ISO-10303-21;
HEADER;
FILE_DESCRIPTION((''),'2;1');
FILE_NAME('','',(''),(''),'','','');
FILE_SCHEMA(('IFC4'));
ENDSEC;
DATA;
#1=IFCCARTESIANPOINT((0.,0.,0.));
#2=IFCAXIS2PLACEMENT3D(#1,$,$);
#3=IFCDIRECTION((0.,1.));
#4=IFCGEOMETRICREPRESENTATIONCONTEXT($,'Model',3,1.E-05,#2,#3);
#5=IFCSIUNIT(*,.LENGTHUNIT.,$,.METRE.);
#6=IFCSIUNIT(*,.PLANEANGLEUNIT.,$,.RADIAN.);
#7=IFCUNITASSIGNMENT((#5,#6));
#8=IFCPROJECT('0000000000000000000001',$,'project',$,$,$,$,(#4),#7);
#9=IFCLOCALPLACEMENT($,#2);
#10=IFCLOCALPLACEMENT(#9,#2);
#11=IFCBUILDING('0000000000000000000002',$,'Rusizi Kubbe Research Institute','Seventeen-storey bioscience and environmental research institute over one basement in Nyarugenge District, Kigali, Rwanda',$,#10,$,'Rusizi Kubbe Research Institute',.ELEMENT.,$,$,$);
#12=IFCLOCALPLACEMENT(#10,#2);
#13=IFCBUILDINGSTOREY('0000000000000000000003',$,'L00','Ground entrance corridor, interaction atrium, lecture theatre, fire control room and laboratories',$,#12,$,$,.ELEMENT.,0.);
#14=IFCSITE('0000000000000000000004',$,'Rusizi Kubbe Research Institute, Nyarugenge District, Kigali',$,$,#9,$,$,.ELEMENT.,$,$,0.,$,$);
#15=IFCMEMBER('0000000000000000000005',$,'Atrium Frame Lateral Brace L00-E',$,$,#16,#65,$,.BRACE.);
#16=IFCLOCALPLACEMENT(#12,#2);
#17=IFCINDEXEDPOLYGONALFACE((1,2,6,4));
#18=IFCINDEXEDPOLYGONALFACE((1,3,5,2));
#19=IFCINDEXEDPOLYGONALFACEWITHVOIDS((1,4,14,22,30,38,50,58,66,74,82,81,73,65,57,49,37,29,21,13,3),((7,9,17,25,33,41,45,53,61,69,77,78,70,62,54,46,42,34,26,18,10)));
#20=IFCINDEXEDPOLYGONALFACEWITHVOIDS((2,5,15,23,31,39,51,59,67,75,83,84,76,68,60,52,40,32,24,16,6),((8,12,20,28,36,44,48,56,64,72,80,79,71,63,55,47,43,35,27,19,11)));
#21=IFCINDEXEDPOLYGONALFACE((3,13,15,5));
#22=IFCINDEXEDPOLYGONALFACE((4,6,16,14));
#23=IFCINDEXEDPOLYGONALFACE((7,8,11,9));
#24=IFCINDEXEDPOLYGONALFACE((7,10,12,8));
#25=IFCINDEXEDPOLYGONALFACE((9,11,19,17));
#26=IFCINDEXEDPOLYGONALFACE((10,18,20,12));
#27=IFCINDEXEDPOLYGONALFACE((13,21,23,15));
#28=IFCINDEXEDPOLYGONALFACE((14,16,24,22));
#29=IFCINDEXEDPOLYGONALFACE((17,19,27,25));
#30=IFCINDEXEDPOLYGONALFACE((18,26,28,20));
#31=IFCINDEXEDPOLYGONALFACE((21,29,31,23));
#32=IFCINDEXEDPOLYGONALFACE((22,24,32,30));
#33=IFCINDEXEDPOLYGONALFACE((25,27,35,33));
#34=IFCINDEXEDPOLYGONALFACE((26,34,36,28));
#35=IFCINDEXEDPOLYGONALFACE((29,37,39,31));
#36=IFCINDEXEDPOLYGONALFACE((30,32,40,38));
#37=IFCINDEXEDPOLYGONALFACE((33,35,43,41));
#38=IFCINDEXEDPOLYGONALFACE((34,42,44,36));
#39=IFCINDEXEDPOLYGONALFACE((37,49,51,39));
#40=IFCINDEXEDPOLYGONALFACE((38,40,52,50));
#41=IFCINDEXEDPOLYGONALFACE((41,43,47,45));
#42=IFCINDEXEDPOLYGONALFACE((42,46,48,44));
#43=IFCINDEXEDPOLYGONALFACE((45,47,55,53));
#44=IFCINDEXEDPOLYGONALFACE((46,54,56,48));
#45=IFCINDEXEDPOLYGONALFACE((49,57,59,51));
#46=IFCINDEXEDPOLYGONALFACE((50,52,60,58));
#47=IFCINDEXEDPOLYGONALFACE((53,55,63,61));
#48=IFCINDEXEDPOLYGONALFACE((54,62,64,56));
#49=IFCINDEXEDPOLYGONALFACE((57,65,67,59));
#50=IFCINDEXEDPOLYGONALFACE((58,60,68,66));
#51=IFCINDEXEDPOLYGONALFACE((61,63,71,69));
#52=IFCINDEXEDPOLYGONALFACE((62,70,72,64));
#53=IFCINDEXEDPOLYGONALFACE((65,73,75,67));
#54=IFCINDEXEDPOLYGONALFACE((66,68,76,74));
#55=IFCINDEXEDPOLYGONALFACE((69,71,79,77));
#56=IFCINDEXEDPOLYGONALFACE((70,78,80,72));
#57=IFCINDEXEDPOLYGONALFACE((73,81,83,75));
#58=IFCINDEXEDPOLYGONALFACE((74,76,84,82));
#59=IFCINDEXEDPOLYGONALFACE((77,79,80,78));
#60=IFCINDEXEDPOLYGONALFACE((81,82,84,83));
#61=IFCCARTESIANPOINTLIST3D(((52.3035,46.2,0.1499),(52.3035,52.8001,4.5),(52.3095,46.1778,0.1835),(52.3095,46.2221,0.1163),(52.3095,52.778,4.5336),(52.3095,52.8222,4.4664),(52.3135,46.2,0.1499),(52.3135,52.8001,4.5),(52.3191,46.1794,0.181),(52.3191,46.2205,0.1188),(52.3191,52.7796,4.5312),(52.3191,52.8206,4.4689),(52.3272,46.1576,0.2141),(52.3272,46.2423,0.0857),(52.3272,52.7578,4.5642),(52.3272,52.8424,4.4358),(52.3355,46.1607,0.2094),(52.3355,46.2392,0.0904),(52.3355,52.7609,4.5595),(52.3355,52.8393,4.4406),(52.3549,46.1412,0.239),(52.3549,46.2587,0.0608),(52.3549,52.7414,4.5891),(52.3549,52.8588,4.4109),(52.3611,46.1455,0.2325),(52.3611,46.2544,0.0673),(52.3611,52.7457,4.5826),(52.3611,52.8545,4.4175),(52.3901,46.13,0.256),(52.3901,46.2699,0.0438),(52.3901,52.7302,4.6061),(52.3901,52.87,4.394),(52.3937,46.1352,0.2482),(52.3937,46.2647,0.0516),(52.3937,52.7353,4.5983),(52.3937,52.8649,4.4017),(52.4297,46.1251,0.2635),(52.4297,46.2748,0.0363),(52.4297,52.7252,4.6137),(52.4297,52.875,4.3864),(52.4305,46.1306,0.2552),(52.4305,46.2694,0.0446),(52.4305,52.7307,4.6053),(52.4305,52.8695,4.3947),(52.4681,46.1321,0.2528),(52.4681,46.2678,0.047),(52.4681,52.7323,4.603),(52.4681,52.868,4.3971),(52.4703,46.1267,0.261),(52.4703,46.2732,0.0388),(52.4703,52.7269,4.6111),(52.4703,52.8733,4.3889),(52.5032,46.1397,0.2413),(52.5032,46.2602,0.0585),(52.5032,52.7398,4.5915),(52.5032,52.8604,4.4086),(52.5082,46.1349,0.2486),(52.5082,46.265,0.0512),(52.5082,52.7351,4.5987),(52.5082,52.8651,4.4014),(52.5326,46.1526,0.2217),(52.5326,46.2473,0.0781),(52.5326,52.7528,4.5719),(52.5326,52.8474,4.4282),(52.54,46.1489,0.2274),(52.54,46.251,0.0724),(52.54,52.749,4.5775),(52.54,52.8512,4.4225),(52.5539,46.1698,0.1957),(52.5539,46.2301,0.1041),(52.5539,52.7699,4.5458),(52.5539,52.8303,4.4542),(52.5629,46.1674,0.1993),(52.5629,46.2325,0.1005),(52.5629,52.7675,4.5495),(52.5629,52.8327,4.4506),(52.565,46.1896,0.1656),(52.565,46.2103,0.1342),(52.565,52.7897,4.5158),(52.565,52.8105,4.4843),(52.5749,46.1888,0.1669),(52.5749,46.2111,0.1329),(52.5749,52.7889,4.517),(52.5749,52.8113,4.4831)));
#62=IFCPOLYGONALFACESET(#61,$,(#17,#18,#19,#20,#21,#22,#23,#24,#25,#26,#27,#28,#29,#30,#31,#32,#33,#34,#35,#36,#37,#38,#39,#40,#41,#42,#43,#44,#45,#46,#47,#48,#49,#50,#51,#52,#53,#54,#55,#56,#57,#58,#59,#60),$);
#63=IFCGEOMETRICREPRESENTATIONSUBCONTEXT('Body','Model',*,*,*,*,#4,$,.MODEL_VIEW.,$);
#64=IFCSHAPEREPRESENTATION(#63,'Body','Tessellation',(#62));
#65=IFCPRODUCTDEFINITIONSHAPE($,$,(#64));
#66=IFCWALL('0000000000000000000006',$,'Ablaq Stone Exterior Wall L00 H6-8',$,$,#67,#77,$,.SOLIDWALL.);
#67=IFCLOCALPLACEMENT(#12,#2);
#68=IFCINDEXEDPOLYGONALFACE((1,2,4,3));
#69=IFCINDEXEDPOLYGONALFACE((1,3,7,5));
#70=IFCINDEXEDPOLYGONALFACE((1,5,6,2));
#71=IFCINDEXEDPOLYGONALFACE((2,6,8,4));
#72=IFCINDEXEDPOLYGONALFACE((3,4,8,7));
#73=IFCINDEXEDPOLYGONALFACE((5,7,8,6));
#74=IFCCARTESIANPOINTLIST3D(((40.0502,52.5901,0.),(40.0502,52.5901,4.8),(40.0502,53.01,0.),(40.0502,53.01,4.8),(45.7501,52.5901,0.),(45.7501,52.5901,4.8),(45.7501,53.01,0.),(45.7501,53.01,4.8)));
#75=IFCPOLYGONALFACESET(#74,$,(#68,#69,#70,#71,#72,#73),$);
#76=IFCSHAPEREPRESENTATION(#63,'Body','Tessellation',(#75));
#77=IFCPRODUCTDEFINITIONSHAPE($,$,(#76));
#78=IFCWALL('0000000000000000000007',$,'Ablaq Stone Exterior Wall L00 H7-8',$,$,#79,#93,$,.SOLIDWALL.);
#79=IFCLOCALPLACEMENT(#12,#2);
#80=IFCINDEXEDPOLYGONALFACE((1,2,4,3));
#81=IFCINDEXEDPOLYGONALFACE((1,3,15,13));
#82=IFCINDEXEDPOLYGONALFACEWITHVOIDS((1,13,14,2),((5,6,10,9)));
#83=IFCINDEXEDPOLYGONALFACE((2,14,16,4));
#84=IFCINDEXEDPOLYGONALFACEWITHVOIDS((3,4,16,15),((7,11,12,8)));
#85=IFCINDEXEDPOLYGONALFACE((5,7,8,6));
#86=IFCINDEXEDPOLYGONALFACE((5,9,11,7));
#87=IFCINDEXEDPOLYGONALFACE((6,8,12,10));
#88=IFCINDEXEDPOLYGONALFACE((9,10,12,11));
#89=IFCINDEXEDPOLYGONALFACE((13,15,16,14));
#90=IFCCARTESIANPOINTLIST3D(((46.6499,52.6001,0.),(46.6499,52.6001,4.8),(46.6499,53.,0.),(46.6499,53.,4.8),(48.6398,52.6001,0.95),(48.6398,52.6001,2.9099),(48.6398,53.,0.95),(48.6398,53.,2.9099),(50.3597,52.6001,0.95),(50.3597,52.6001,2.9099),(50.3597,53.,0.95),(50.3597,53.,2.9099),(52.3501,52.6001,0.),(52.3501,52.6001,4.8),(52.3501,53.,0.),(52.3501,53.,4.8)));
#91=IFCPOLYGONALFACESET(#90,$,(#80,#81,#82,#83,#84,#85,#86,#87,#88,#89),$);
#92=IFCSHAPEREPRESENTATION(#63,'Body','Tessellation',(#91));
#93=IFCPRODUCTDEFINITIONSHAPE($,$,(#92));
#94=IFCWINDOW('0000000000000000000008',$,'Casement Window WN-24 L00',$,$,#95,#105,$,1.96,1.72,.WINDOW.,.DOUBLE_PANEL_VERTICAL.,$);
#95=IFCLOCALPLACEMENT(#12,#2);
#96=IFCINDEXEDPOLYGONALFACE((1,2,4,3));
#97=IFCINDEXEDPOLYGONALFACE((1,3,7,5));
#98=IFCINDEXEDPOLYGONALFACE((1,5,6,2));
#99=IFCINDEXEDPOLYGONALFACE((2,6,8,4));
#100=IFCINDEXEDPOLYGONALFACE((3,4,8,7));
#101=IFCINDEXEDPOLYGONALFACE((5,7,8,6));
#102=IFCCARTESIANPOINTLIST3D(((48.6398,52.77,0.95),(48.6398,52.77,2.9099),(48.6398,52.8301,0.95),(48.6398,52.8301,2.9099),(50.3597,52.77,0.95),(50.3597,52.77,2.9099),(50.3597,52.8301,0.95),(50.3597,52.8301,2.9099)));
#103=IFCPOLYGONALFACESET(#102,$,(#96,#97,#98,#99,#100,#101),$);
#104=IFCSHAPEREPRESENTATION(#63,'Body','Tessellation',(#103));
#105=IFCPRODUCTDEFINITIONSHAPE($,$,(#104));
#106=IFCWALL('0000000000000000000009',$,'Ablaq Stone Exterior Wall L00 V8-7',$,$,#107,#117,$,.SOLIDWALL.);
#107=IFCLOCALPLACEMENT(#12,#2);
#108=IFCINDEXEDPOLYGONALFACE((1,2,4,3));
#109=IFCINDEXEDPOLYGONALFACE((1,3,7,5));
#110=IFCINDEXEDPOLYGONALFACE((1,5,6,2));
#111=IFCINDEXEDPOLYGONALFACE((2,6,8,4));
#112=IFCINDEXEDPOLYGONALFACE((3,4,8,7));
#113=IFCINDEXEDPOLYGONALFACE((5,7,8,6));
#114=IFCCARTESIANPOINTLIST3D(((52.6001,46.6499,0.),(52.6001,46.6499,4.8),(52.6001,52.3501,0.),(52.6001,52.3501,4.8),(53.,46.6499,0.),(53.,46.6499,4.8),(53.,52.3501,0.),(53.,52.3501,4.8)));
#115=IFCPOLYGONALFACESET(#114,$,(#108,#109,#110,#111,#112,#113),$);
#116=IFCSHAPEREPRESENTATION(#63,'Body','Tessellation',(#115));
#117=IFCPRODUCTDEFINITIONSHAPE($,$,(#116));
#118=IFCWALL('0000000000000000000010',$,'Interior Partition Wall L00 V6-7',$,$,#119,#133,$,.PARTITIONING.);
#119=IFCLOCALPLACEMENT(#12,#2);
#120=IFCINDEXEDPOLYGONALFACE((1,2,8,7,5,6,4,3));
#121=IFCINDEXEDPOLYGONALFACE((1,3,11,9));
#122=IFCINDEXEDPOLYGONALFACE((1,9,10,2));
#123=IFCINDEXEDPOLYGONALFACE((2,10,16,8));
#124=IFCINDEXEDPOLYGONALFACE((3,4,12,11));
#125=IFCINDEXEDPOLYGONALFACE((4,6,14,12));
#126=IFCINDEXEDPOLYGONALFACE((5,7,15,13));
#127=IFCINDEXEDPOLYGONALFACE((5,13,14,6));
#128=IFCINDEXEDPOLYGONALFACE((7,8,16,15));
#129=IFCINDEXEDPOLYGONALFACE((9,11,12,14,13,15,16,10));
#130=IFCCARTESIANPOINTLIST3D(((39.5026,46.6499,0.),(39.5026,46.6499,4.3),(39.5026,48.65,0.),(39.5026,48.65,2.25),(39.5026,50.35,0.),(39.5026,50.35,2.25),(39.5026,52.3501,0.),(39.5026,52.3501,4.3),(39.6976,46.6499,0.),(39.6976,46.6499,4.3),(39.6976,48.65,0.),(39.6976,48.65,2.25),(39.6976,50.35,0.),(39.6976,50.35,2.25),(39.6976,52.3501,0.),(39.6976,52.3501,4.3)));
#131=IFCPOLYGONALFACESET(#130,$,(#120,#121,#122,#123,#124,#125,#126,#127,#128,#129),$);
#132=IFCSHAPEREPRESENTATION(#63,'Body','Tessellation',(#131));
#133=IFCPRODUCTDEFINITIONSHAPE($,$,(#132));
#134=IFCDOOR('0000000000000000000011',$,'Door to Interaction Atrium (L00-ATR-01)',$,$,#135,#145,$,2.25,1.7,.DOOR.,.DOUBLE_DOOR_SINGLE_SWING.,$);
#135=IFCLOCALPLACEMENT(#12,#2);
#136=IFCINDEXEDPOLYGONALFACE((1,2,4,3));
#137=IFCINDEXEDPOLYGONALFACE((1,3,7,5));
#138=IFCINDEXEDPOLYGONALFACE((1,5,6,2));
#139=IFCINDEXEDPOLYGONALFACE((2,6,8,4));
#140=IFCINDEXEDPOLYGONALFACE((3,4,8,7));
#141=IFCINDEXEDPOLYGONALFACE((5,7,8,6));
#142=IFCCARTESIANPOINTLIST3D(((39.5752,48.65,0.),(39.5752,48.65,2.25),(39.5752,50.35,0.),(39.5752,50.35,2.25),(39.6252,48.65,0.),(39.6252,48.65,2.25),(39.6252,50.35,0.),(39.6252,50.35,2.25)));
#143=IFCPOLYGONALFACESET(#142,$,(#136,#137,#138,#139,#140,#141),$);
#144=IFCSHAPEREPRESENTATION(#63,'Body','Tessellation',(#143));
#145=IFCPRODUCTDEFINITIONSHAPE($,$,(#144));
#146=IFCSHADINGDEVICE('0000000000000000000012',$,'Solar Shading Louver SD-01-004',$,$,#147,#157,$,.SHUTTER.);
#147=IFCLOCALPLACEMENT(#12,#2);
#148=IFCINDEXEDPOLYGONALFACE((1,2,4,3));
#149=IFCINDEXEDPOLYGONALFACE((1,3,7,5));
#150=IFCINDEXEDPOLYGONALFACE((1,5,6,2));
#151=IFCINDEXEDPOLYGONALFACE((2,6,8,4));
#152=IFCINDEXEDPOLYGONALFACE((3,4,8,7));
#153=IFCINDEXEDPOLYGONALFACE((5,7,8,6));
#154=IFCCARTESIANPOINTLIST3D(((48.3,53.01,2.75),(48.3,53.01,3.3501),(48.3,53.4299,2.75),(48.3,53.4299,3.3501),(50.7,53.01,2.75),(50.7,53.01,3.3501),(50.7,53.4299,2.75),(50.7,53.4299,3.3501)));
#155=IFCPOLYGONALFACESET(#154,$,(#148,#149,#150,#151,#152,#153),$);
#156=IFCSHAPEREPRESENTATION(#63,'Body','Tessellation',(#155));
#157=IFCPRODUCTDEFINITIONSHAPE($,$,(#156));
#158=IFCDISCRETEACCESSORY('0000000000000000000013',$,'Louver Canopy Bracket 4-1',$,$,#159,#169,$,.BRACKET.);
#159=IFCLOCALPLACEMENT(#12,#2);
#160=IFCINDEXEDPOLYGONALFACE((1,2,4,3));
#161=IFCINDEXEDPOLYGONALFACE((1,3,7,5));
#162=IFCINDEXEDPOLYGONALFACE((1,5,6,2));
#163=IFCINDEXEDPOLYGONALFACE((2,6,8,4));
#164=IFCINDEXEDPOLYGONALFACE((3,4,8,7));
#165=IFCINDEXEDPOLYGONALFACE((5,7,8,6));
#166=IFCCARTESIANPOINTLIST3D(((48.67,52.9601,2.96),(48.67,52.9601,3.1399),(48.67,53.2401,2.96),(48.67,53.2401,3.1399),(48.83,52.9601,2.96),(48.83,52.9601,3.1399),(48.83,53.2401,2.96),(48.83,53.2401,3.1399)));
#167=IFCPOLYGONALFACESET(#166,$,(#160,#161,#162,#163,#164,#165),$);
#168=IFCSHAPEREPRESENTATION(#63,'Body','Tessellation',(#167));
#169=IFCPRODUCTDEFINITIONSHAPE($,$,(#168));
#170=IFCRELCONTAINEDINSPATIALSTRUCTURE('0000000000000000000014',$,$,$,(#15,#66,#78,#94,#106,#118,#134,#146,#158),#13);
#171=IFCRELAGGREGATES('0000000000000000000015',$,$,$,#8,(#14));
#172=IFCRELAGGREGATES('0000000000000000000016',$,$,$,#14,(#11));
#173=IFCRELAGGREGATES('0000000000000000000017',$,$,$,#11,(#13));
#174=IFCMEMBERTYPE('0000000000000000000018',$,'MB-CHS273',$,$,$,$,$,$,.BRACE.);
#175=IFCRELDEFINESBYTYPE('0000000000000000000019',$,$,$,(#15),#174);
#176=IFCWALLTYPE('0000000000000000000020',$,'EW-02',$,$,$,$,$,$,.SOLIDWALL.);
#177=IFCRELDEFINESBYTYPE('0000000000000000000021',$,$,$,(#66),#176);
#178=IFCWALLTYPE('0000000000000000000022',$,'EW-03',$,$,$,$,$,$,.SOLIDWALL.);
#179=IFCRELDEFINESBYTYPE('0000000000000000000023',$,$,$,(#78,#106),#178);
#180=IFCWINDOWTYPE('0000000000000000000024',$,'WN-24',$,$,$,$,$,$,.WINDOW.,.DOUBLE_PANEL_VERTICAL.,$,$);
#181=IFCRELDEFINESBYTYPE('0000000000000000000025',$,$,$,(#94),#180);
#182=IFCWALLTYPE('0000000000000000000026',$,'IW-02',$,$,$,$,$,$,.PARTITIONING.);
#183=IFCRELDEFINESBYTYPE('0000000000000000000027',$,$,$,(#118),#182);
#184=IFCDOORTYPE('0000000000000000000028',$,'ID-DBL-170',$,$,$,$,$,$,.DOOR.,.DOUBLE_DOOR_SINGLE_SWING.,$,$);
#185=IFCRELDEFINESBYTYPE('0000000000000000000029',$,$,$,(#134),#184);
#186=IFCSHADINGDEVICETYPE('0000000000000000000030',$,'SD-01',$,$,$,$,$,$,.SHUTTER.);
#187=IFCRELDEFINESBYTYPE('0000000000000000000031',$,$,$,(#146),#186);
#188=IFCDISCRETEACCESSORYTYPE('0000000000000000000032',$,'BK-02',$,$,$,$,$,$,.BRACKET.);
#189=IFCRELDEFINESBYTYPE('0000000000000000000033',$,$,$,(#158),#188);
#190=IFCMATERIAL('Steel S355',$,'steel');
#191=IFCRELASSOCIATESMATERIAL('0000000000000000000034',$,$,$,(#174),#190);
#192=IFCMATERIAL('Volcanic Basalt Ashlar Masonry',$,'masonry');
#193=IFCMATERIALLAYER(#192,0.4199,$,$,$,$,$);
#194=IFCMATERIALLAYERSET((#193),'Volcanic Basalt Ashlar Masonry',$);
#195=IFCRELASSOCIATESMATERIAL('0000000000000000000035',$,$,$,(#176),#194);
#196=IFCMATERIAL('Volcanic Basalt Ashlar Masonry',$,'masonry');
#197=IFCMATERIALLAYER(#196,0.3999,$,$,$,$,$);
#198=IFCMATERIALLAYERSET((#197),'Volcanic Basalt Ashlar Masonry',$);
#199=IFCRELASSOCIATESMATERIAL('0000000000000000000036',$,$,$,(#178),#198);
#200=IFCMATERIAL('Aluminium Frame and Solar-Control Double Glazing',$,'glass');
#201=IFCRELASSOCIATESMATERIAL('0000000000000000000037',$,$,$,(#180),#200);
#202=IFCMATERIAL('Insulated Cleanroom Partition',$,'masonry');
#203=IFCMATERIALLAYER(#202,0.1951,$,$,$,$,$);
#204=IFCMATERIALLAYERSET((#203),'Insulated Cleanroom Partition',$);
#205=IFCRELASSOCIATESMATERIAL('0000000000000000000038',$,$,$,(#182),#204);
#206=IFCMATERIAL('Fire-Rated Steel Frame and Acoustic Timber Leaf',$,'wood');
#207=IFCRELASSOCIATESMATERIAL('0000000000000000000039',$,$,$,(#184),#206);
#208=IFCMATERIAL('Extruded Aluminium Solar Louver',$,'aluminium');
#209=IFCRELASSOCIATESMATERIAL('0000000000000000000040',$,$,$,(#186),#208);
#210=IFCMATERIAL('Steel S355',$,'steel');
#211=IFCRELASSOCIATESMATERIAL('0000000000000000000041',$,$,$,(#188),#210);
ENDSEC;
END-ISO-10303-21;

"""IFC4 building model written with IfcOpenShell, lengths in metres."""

from ifc_helpers import new_model, si_unit, direction, frame, frame_2d, origin, origin_2d, place, context, subcontext, project, spatial, rectangle, hollow_circle, extrude, material, layer, layer_set, material_profile, profile_set, type_object, element, fill, save


model = new_model("IFC4")

# Units and contexts
model_context = context("Model", 3, precision=1e-05, world=origin(), true_north=direction((0.0, 1.0)))
body_context = subcontext(model_context, "Body", "Model", "MODEL_VIEW")
ifc_project = project(units=[si_unit("LENGTHUNIT", "METRE"), si_unit("PLANEANGLEUNIT", "RADIAN")], contexts=[model_context])

# Site, building, storey
site_placement = place(None, origin())
site = spatial("IfcSite", under=ifc_project, at=site_placement, Name="Rusizi Kubbe Research Institute, Nyarugenge District, Kigali", CompositionType="ELEMENT", RefElevation=0.0)
building_placement = place(site_placement, origin())
building = spatial("IfcBuilding", under=site, at=building_placement, Name="Rusizi Kubbe Research Institute", Description="Seventeen-storey bioscience and environmental research institute over one basement in Nyarugenge District, Kigali, Rwanda", LongName="Rusizi Kubbe Research Institute", CompositionType="ELEMENT")
storey_placement = place(building_placement, origin())
storey = spatial("IfcBuildingStorey", under=building, at=storey_placement, Name="L00", Description="Ground entrance corridor, interaction atrium, lecture theatre, fire control room and laboratories", CompositionType="ELEMENT", Elevation=0.0)

# Member
ifc_material_1 = material(Name="Steel S355", Category="steel")
ifc_material_profile_1 = material_profile(ifc_material_1, hollow_circle(Radius=0.1365, WallThickness=0.01, at=origin_2d()), Name="CHS 273.0x10.0")
ifc_profile_set_1 = profile_set([ifc_material_profile_1], Name="Steel S355")
member_type = type_object("IfcMemberType", Name="MB-CHS273", PredefinedType="BRACE", material=ifc_profile_set_1)
member_1_placement = place(storey_placement, frame((52.4399, 46.2, 0.1499), z_axis=(0.0, 0.834956, 0.550316), x_axis=(-1.0, 0.0, 0.0)))
element("IfcMember", 1, at=member_1_placement, inside=storey, type_object=member_type, Name="Atrium Frame Lateral Brace L00-E", PredefinedType="BRACE", context=body_context, shape_type="SweptSolid", body=[
    extrude(hollow_circle(Radius=0.1365, WallThickness=0.01, at=origin_2d()), origin(), (0.0, 0.0, 1.0), 7.9048),
])

# Wall
ifc_material_2 = material(Name="Volcanic Basalt Ashlar Masonry", Category="masonry")
ifc_layer_1 = layer(ifc_material_2, 0.4199)
ifc_layer_set_1 = layer_set([ifc_layer_1], Name="Volcanic Basalt Ashlar Masonry")
wall_type_1 = type_object("IfcWallType", Name="EW-02", PredefinedType="SOLIDWALL", material=ifc_layer_set_1)
wall_1_placement = place(storey_placement, frame((40.05, 52.8, 0.0), z_axis=(0.0, 0.0, 1.0), x_axis=(1.0, 0.0, 0.0)))
element("IfcWall", 2, at=wall_1_placement, inside=storey, type_object=wall_type_1, Name="Ablaq Stone Exterior Wall L00 H6-8", PredefinedType="SOLIDWALL", context=body_context, shape_type="SweptSolid", body=[
    extrude(rectangle(XDim=5.7, YDim=0.4199, at=frame_2d((2.8501, 0.0))), origin(), (0.0, 0.0, 1.0), 4.8),
])

# Wall, opening, window
ifc_material_3 = material(Name="Volcanic Basalt Ashlar Masonry", Category="masonry")
ifc_layer_2 = layer(ifc_material_3, 0.3999)
ifc_layer_set_2 = layer_set([ifc_layer_2], Name="Volcanic Basalt Ashlar Masonry")
wall_type_2 = type_object("IfcWallType", Name="EW-03", PredefinedType="SOLIDWALL", material=ifc_layer_set_2)
wall_2_placement = place(storey_placement, frame((46.6499, 52.8, 0.0), z_axis=(0.0, 0.0, 1.0), x_axis=(1.0, 0.0, 0.0)))
wall_2 = element("IfcWall", 3, at=wall_2_placement, inside=storey, type_object=wall_type_2, Name="Ablaq Stone Exterior Wall L00 H7-8", PredefinedType="SOLIDWALL", context=body_context, shape_type="SweptSolid", body=[
    extrude(rectangle(XDim=5.7002, YDim=0.3999, at=frame_2d((2.8501, 0.0))), origin(), (0.0, 0.0, 1.0), 4.8),
])
opening_1_placement = place(wall_2_placement, frame((1.99, 0.0, 0.95)))
opening_1 = element("IfcOpeningElement", 4, at=opening_1_placement, cuts=wall_2, PredefinedType="OPENING", context=body_context, shape_type="SweptSolid", body=[
    extrude(rectangle(XDim=1.72, YDim=1.96, at=frame_2d((0.8599, 0.98))), frame((0.0, 0.21, 0.0), z_axis=(0.0, -1.0, 0.0), x_axis=(1.0, 0.0, 0.0)), (0.0, 0.0, 1.0), 0.4199),
])
ifc_material_4 = material(Name="Aluminium Frame and Solar-Control Double Glazing", Category="glass")
window_type = type_object("IfcWindowType", Name="WN-24", PartitioningType="DOUBLE_PANEL_VERTICAL", PredefinedType="WINDOW", material=ifc_material_4)
window_placement = place(opening_1_placement, origin())
window = element("IfcWindow", 5, at=window_placement, inside=storey, type_object=window_type, Name="Casement Window WN-24 L00", OverallHeight=1.96, OverallWidth=1.72, PartitioningType="DOUBLE_PANEL_VERTICAL", PredefinedType="WINDOW", context=body_context, shape_type="SweptSolid", body=[
    extrude(rectangle(XDim=1.72, YDim=1.96, at=frame_2d((0.8599, 0.98))), frame((0.0, 0.03, 0.0), z_axis=(0.0, -1.0, 0.0), x_axis=(1.0, 0.0, 0.0)), (0.0, 0.0, 1.0), 0.0601),
])
fill(opening_1, window)

# Wall
wall_3_placement = place(storey_placement, frame((52.8, 46.6499, 0.0), z_axis=(0.0, 0.0, 1.0), x_axis=(0.0, 1.0, 0.0)))
element("IfcWall", 6, at=wall_3_placement, inside=storey, type_object=wall_type_2, Name="Ablaq Stone Exterior Wall L00 V8-7", PredefinedType="SOLIDWALL", context=body_context, shape_type="SweptSolid", body=[
    extrude(rectangle(XDim=5.7002, YDim=0.3999, at=frame_2d((2.8501, 0.0))), origin(), (0.0, 0.0, 1.0), 4.8),
])

# Wall, opening, door
ifc_material_5 = material(Name="Insulated Cleanroom Partition", Category="masonry")
ifc_layer_3 = layer(ifc_material_5, 0.1951)
ifc_layer_set_3 = layer_set([ifc_layer_3], Name="Insulated Cleanroom Partition")
wall_type_3 = type_object("IfcWallType", Name="IW-02", PredefinedType="PARTITIONING", material=ifc_layer_set_3)
wall_4_placement = place(storey_placement, frame((39.6001, 46.6499, 0.0), z_axis=(0.0, 0.0, 1.0), x_axis=(0.0, 1.0, 0.0)))
wall_4 = element("IfcWall", 7, at=wall_4_placement, inside=storey, type_object=wall_type_3, Name="Interior Partition Wall L00 V6-7", PredefinedType="PARTITIONING", context=body_context, shape_type="SweptSolid", body=[
    extrude(rectangle(XDim=5.7002, YDim=0.1951, at=frame_2d((2.8501, 0.0))), origin(), (0.0, 0.0, 1.0), 4.3),
])
opening_2_placement = place(wall_4_placement, frame((2.0, 0.0, 0.0)))
opening_2 = element("IfcOpeningElement", 8, at=opening_2_placement, cuts=wall_4, PredefinedType="OPENING", context=body_context, shape_type="SweptSolid", body=[
    extrude(rectangle(XDim=1.7, YDim=2.25, at=frame_2d((0.8501, 1.125))), frame((0.0, 0.1074, 0.0), z_axis=(0.0, -1.0, 0.0), x_axis=(1.0, 0.0, 0.0)), (0.0, 0.0, 1.0), 0.2151),
])
ifc_material_6 = material(Name="Fire-Rated Steel Frame and Acoustic Timber Leaf", Category="wood")
door_type = type_object("IfcDoorType", Name="ID-DBL-170", OperationType="DOUBLE_DOOR_SINGLE_SWING", PredefinedType="DOOR", material=ifc_material_6)
door_placement = place(opening_2_placement, origin())
door = element("IfcDoor", 9, at=door_placement, inside=storey, type_object=door_type, Name="Door to Interaction Atrium (L00-ATR-01)", OperationType="DOUBLE_DOOR_SINGLE_SWING", OverallHeight=2.25, OverallWidth=1.7, PredefinedType="DOOR", context=body_context, shape_type="SweptSolid", body=[
    extrude(rectangle(XDim=1.7, YDim=2.25, at=frame_2d((0.8501, 1.125))), frame((0.0, 0.0249, 0.0), z_axis=(0.0, -1.0, 0.0), x_axis=(1.0, 0.0, 0.0)), (0.0, 0.0, 1.0), 0.05),
])
fill(opening_2, door)

# Shading device
ifc_material_7 = material(Name="Extruded Aluminium Solar Louver", Category="aluminium")
shading_device_type = type_object("IfcShadingDeviceType", Name="SD-01", PredefinedType="SHUTTER", material=ifc_material_7)
shading_device_placement = place(storey_placement, frame((49.5, 53.22, 2.75), z_axis=(0.0, 0.0, 1.0), x_axis=(1.0, 0.0, 0.0)))
element("IfcShadingDevice", 10, at=shading_device_placement, inside=storey, type_object=shading_device_type, Name="Solar Shading Louver SD-01-004", PredefinedType="SHUTTER", context=body_context, shape_type="SweptSolid", body=[
    extrude(rectangle(XDim=2.3999, YDim=0.4199, at=origin_2d()), origin(), (0.0, 0.0, 1.0), 0.6001),
])

# Discrete accessory
ifc_material_8 = material(Name="Steel S355", Category="steel")
discrete_accessory_type = type_object("IfcDiscreteAccessoryType", Name="BK-02", PredefinedType="BRACKET", material=ifc_material_8)
for number, where, z_axis, x_axis, name in (
    (11, (48.75, 53.1001, 2.96), (0.0, 0.0, 1.0), (1.0, 0.0, 0.0), "Louver Canopy Bracket 4-1"),
):
    element("IfcDiscreteAccessory", number, at=place(storey_placement, frame(where, z_axis=z_axis, x_axis=x_axis)), inside=storey, type_object=discrete_accessory_type, Name=name, PredefinedType="BRACKET", context=body_context, shape_type="SweptSolid", body=[
        extrude(rectangle(XDim=0.1599, YDim=0.28, at=origin_2d()), origin(), (0.0, 0.0, 1.0), 0.1799),
    ])

save(model, "model.ifc")
